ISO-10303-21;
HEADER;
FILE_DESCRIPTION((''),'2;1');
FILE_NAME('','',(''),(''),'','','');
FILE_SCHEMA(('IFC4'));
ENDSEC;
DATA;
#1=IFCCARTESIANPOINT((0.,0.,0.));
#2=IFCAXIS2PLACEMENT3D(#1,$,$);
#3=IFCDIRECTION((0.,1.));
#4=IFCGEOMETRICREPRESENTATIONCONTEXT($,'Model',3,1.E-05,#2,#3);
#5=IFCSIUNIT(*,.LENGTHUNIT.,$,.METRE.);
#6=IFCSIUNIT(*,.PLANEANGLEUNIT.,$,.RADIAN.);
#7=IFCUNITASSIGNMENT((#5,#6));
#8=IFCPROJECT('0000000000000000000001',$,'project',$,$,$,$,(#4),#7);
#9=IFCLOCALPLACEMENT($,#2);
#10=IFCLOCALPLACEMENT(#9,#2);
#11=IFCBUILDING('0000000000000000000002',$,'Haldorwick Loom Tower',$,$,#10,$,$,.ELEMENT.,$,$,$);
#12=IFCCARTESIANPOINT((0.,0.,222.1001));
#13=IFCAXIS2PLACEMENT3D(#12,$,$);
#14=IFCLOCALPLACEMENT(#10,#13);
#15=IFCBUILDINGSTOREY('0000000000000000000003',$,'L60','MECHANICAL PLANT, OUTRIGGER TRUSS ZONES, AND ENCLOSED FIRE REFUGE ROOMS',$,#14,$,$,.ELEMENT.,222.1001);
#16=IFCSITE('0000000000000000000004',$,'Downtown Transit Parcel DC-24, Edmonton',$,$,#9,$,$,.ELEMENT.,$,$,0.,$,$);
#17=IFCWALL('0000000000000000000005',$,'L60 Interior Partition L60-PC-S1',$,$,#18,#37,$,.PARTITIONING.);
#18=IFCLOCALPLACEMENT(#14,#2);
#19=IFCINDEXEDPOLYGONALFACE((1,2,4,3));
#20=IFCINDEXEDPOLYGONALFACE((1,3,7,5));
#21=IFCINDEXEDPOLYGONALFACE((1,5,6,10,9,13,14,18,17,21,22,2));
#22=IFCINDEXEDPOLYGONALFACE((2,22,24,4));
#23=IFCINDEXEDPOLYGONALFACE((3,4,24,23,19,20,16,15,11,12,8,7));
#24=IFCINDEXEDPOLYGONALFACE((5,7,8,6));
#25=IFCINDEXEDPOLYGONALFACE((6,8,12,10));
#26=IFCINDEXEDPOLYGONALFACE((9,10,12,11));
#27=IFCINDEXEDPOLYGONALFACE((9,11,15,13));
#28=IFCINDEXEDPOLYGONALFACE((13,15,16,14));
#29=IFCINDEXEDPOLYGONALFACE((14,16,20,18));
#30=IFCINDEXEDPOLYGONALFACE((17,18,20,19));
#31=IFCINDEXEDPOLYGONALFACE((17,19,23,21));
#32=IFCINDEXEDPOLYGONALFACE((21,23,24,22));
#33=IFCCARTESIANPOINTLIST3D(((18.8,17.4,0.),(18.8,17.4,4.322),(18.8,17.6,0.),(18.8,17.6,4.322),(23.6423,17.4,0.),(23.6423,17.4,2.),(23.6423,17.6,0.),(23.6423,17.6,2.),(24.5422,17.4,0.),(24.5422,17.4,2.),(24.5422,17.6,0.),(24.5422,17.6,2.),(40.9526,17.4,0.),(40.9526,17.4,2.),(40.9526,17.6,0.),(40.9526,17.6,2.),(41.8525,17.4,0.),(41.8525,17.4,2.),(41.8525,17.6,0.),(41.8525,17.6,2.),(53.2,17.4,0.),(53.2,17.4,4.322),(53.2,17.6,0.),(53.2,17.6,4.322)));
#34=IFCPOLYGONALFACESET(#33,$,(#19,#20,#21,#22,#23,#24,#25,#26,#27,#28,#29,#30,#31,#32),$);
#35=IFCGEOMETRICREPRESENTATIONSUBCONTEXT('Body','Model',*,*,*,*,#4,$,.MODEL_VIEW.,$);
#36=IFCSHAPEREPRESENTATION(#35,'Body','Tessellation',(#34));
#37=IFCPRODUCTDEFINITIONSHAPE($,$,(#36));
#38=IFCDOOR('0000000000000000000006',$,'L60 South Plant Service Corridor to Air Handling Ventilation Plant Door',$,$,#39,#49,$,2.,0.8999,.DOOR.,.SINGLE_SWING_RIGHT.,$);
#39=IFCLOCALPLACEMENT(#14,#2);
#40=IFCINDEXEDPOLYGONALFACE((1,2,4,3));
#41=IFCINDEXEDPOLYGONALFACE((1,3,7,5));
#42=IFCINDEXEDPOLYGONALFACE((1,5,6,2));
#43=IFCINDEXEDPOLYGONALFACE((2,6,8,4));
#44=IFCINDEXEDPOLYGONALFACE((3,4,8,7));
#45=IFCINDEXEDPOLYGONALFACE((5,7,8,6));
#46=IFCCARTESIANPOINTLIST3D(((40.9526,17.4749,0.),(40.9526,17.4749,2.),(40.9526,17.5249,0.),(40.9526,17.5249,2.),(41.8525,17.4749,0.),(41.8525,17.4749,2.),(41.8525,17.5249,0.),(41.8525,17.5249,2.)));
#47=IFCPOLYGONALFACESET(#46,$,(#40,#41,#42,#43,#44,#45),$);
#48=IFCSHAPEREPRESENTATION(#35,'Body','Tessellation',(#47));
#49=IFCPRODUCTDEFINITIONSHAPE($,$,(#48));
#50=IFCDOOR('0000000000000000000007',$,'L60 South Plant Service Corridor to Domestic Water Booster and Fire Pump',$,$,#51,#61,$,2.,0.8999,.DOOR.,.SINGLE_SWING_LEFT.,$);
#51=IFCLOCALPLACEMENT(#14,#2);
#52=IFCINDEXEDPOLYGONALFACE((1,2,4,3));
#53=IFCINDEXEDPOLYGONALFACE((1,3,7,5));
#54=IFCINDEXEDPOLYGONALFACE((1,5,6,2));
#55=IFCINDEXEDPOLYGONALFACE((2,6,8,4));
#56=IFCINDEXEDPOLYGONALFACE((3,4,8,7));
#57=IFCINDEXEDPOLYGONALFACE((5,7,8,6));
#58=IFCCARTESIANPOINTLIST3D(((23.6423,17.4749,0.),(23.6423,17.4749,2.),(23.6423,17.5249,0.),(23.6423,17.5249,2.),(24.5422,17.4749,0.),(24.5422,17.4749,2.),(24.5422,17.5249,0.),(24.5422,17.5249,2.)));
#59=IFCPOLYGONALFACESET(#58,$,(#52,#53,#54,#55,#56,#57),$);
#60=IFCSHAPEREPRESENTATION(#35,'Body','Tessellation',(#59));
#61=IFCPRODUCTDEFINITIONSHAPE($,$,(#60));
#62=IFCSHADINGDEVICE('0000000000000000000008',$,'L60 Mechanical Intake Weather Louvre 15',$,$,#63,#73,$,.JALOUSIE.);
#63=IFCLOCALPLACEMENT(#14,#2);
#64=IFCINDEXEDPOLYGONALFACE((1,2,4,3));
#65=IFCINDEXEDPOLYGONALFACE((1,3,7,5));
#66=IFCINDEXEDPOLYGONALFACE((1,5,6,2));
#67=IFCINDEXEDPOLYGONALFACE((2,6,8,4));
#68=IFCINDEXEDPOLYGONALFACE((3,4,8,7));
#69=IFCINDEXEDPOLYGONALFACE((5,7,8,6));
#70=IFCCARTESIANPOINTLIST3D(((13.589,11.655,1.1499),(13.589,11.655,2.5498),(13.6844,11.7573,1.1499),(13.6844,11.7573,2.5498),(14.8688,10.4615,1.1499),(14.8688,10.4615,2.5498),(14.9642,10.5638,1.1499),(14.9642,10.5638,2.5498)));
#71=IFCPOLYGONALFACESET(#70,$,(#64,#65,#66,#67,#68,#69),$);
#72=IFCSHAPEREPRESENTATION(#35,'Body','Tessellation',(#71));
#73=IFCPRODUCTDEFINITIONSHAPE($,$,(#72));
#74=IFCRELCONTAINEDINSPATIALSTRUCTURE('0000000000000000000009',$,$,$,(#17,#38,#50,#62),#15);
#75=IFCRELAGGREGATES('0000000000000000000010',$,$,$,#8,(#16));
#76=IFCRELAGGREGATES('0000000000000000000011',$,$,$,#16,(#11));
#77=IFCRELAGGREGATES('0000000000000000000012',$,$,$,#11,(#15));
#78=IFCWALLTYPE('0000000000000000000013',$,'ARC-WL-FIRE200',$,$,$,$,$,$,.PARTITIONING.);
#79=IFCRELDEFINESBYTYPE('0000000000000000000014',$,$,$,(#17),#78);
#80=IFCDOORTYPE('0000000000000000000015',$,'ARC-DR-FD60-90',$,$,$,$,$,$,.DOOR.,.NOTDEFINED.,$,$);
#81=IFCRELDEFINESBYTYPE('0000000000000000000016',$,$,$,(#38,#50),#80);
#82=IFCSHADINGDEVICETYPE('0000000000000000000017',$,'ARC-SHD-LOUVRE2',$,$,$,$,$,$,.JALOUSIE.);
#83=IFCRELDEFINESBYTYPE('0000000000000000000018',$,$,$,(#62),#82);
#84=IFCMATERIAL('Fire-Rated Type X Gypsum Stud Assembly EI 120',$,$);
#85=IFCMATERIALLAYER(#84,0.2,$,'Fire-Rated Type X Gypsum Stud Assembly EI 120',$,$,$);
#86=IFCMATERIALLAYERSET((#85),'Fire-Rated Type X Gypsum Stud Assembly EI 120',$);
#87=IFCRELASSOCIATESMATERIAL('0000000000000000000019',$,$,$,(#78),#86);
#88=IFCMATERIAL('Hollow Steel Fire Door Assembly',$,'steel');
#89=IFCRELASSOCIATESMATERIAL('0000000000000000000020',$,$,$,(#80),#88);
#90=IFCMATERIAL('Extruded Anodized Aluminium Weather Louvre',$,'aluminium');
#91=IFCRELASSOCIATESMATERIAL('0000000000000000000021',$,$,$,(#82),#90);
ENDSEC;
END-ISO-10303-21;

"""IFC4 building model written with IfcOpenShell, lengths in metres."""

from ifc_helpers import new_model, si_unit, direction, frame, frame_2d, origin, origin_2d, place, context, subcontext, project, spatial, rectangle, extrude, material, layer, layer_set, type_object, element, fill, save


model = new_model("IFC4")

# Units and contexts
model_context = context("Model", 3, precision=1e-05, world=origin(), true_north=direction((0.0, 1.0)))
body_context = subcontext(model_context, "Body", "Model", "MODEL_VIEW")
ifc_project = project(units=[si_unit("LENGTHUNIT", "METRE"), si_unit("PLANEANGLEUNIT", "RADIAN")], contexts=[model_context])

# Site, building, storey
site_placement = place(None, origin())
site = spatial("IfcSite", under=ifc_project, at=site_placement, Name="Downtown Transit Parcel DC-24, Edmonton", CompositionType="ELEMENT", RefElevation=0.0)
building_placement = place(site_placement, origin())
building = spatial("IfcBuilding", under=site, at=building_placement, Name="Haldorwick Loom Tower", CompositionType="ELEMENT")
storey_placement = place(building_placement, frame((0.0, 0.0, 222.1001)))
storey = spatial("IfcBuildingStorey", under=building, at=storey_placement, Name="L60", Description="MECHANICAL PLANT, OUTRIGGER TRUSS ZONES, AND ENCLOSED FIRE REFUGE ROOMS", CompositionType="ELEMENT", Elevation=222.1001)

# Wall, openings, doors
ifc_material_1 = material(Name="Fire-Rated Type X Gypsum Stud Assembly EI 120")
ifc_layer_1 = layer(ifc_material_1, 0.2, Name="Fire-Rated Type X Gypsum Stud Assembly EI 120")
ifc_layer_set_1 = layer_set([ifc_layer_1], Name="Fire-Rated Type X Gypsum Stud Assembly EI 120")
wall_type_1 = type_object("IfcWallType", Name="ARC-WL-FIRE200", PredefinedType="PARTITIONING", material=ifc_layer_set_1)
wall_1_placement = place(storey_placement, frame((18.8, 17.5, 0.0), z_axis=(0.0, 0.0, 1.0), x_axis=(1.0, 0.0, 0.0)))
wall_1 = element("IfcWall", 1, at=wall_1_placement, inside=storey, type_object=wall_type_1, Name="L60 Interior Partition L60-PC-S1", PredefinedType="PARTITIONING", context=body_context, shape_type="SweptSolid", body=[
    extrude(rectangle(XDim=34.3999, YDim=0.2, at=frame_2d((17.2, 0.0))), origin(), (0.0, 0.0, 1.0), 4.322),
])
opening_1_placement = place(wall_1_placement, frame((22.1526, 0.0, 0.0)))
opening_1 = element("IfcOpeningElement", 2, at=opening_1_placement, cuts=wall_1, PredefinedType="OPENING", context=body_context, shape_type="SweptSolid", body=[
    extrude(rectangle(XDim=0.8999, YDim=2.0, at=frame_2d((0.45, 1.0))), frame((0.0, 0.1099, 0.0), z_axis=(0.0, -1.0, 0.0), x_axis=(1.0, 0.0, 0.0)), (0.0, 0.0, 1.0), 0.22),
])
opening_2_placement = place(wall_1_placement, frame((4.8423, 0.0, 0.0)))
opening_2 = element("IfcOpeningElement", 3, at=opening_2_placement, cuts=wall_1, PredefinedType="OPENING", context=body_context, shape_type="SweptSolid", body=[
    extrude(rectangle(XDim=0.8999, YDim=2.0, at=frame_2d((0.45, 1.0))), frame((0.0, 0.1099, 0.0), z_axis=(0.0, -1.0, 0.0), x_axis=(1.0, 0.0, 0.0)), (0.0, 0.0, 1.0), 0.22),
])
ifc_material_2 = material(Name="Hollow Steel Fire Door Assembly", Category="steel")
door_type = type_object("IfcDoorType", Name="ARC-DR-FD60-90", OperationType="NOTDEFINED", PredefinedType="DOOR", material=ifc_material_2)
door_1_placement = place(opening_1_placement, origin())
door_1 = element("IfcDoor", 4, at=door_1_placement, inside=storey, type_object=door_type, Name="L60 South Plant Service Corridor to Air Handling Ventilation Plant Door", OperationType="SINGLE_SWING_RIGHT", OverallHeight=2.0, OverallWidth=0.8999, PredefinedType="DOOR", context=body_context, shape_type="SweptSolid", body=[
    extrude(rectangle(XDim=0.8999, YDim=2.0, at=frame_2d((0.45, 1.0))), frame((0.0, 0.0249, 0.0), z_axis=(0.0, -1.0, 0.0), x_axis=(1.0, 0.0, 0.0)), (0.0, 0.0, 1.0), 0.05),
])
fill(opening_1, door_1)
door_2_placement = place(opening_2_placement, origin())
door_2 = element("IfcDoor", 5, at=door_2_placement, inside=storey, type_object=door_type, Name="L60 South Plant Service Corridor to Domestic Water Booster and Fire Pump", OperationType="SINGLE_SWING_LEFT", OverallHeight=2.0, OverallWidth=0.8999, PredefinedType="DOOR", context=body_context, shape_type="SweptSolid", body=[
    extrude(rectangle(XDim=0.8999, YDim=2.0, at=frame_2d((0.45, 1.0))), frame((0.0, 0.0249, 0.0), z_axis=(0.0, -1.0, 0.0), x_axis=(1.0, 0.0, 0.0)), (0.0, 0.0, 1.0), 0.05),
])
fill(opening_2, door_2)

# Shading device
ifc_material_3 = material(Name="Extruded Anodized Aluminium Weather Louvre", Category="aluminium")
shading_device_type = type_object("IfcShadingDeviceType", Name="ARC-SHD-LOUVRE2", PredefinedType="JALOUSIE", material=ifc_material_3)
shading_device_placement = place(storey_placement, frame((14.2766, 11.1094, 1.1499), z_axis=(0.0, 0.0, 1.0), x_axis=(0.731354, -0.681998, 0.0)))
element("IfcShadingDevice", 6, at=shading_device_placement, inside=storey, type_object=shading_device_type, Name="L60 Mechanical Intake Weather Louvre 15", PredefinedType="JALOUSIE", context=body_context, shape_type="SweptSolid", body=[
    extrude(rectangle(XDim=1.75, YDim=0.1399, at=origin_2d()), origin(), (0.0, 0.0, 1.0), 1.3999),
])

save(model, "model.ifc")
